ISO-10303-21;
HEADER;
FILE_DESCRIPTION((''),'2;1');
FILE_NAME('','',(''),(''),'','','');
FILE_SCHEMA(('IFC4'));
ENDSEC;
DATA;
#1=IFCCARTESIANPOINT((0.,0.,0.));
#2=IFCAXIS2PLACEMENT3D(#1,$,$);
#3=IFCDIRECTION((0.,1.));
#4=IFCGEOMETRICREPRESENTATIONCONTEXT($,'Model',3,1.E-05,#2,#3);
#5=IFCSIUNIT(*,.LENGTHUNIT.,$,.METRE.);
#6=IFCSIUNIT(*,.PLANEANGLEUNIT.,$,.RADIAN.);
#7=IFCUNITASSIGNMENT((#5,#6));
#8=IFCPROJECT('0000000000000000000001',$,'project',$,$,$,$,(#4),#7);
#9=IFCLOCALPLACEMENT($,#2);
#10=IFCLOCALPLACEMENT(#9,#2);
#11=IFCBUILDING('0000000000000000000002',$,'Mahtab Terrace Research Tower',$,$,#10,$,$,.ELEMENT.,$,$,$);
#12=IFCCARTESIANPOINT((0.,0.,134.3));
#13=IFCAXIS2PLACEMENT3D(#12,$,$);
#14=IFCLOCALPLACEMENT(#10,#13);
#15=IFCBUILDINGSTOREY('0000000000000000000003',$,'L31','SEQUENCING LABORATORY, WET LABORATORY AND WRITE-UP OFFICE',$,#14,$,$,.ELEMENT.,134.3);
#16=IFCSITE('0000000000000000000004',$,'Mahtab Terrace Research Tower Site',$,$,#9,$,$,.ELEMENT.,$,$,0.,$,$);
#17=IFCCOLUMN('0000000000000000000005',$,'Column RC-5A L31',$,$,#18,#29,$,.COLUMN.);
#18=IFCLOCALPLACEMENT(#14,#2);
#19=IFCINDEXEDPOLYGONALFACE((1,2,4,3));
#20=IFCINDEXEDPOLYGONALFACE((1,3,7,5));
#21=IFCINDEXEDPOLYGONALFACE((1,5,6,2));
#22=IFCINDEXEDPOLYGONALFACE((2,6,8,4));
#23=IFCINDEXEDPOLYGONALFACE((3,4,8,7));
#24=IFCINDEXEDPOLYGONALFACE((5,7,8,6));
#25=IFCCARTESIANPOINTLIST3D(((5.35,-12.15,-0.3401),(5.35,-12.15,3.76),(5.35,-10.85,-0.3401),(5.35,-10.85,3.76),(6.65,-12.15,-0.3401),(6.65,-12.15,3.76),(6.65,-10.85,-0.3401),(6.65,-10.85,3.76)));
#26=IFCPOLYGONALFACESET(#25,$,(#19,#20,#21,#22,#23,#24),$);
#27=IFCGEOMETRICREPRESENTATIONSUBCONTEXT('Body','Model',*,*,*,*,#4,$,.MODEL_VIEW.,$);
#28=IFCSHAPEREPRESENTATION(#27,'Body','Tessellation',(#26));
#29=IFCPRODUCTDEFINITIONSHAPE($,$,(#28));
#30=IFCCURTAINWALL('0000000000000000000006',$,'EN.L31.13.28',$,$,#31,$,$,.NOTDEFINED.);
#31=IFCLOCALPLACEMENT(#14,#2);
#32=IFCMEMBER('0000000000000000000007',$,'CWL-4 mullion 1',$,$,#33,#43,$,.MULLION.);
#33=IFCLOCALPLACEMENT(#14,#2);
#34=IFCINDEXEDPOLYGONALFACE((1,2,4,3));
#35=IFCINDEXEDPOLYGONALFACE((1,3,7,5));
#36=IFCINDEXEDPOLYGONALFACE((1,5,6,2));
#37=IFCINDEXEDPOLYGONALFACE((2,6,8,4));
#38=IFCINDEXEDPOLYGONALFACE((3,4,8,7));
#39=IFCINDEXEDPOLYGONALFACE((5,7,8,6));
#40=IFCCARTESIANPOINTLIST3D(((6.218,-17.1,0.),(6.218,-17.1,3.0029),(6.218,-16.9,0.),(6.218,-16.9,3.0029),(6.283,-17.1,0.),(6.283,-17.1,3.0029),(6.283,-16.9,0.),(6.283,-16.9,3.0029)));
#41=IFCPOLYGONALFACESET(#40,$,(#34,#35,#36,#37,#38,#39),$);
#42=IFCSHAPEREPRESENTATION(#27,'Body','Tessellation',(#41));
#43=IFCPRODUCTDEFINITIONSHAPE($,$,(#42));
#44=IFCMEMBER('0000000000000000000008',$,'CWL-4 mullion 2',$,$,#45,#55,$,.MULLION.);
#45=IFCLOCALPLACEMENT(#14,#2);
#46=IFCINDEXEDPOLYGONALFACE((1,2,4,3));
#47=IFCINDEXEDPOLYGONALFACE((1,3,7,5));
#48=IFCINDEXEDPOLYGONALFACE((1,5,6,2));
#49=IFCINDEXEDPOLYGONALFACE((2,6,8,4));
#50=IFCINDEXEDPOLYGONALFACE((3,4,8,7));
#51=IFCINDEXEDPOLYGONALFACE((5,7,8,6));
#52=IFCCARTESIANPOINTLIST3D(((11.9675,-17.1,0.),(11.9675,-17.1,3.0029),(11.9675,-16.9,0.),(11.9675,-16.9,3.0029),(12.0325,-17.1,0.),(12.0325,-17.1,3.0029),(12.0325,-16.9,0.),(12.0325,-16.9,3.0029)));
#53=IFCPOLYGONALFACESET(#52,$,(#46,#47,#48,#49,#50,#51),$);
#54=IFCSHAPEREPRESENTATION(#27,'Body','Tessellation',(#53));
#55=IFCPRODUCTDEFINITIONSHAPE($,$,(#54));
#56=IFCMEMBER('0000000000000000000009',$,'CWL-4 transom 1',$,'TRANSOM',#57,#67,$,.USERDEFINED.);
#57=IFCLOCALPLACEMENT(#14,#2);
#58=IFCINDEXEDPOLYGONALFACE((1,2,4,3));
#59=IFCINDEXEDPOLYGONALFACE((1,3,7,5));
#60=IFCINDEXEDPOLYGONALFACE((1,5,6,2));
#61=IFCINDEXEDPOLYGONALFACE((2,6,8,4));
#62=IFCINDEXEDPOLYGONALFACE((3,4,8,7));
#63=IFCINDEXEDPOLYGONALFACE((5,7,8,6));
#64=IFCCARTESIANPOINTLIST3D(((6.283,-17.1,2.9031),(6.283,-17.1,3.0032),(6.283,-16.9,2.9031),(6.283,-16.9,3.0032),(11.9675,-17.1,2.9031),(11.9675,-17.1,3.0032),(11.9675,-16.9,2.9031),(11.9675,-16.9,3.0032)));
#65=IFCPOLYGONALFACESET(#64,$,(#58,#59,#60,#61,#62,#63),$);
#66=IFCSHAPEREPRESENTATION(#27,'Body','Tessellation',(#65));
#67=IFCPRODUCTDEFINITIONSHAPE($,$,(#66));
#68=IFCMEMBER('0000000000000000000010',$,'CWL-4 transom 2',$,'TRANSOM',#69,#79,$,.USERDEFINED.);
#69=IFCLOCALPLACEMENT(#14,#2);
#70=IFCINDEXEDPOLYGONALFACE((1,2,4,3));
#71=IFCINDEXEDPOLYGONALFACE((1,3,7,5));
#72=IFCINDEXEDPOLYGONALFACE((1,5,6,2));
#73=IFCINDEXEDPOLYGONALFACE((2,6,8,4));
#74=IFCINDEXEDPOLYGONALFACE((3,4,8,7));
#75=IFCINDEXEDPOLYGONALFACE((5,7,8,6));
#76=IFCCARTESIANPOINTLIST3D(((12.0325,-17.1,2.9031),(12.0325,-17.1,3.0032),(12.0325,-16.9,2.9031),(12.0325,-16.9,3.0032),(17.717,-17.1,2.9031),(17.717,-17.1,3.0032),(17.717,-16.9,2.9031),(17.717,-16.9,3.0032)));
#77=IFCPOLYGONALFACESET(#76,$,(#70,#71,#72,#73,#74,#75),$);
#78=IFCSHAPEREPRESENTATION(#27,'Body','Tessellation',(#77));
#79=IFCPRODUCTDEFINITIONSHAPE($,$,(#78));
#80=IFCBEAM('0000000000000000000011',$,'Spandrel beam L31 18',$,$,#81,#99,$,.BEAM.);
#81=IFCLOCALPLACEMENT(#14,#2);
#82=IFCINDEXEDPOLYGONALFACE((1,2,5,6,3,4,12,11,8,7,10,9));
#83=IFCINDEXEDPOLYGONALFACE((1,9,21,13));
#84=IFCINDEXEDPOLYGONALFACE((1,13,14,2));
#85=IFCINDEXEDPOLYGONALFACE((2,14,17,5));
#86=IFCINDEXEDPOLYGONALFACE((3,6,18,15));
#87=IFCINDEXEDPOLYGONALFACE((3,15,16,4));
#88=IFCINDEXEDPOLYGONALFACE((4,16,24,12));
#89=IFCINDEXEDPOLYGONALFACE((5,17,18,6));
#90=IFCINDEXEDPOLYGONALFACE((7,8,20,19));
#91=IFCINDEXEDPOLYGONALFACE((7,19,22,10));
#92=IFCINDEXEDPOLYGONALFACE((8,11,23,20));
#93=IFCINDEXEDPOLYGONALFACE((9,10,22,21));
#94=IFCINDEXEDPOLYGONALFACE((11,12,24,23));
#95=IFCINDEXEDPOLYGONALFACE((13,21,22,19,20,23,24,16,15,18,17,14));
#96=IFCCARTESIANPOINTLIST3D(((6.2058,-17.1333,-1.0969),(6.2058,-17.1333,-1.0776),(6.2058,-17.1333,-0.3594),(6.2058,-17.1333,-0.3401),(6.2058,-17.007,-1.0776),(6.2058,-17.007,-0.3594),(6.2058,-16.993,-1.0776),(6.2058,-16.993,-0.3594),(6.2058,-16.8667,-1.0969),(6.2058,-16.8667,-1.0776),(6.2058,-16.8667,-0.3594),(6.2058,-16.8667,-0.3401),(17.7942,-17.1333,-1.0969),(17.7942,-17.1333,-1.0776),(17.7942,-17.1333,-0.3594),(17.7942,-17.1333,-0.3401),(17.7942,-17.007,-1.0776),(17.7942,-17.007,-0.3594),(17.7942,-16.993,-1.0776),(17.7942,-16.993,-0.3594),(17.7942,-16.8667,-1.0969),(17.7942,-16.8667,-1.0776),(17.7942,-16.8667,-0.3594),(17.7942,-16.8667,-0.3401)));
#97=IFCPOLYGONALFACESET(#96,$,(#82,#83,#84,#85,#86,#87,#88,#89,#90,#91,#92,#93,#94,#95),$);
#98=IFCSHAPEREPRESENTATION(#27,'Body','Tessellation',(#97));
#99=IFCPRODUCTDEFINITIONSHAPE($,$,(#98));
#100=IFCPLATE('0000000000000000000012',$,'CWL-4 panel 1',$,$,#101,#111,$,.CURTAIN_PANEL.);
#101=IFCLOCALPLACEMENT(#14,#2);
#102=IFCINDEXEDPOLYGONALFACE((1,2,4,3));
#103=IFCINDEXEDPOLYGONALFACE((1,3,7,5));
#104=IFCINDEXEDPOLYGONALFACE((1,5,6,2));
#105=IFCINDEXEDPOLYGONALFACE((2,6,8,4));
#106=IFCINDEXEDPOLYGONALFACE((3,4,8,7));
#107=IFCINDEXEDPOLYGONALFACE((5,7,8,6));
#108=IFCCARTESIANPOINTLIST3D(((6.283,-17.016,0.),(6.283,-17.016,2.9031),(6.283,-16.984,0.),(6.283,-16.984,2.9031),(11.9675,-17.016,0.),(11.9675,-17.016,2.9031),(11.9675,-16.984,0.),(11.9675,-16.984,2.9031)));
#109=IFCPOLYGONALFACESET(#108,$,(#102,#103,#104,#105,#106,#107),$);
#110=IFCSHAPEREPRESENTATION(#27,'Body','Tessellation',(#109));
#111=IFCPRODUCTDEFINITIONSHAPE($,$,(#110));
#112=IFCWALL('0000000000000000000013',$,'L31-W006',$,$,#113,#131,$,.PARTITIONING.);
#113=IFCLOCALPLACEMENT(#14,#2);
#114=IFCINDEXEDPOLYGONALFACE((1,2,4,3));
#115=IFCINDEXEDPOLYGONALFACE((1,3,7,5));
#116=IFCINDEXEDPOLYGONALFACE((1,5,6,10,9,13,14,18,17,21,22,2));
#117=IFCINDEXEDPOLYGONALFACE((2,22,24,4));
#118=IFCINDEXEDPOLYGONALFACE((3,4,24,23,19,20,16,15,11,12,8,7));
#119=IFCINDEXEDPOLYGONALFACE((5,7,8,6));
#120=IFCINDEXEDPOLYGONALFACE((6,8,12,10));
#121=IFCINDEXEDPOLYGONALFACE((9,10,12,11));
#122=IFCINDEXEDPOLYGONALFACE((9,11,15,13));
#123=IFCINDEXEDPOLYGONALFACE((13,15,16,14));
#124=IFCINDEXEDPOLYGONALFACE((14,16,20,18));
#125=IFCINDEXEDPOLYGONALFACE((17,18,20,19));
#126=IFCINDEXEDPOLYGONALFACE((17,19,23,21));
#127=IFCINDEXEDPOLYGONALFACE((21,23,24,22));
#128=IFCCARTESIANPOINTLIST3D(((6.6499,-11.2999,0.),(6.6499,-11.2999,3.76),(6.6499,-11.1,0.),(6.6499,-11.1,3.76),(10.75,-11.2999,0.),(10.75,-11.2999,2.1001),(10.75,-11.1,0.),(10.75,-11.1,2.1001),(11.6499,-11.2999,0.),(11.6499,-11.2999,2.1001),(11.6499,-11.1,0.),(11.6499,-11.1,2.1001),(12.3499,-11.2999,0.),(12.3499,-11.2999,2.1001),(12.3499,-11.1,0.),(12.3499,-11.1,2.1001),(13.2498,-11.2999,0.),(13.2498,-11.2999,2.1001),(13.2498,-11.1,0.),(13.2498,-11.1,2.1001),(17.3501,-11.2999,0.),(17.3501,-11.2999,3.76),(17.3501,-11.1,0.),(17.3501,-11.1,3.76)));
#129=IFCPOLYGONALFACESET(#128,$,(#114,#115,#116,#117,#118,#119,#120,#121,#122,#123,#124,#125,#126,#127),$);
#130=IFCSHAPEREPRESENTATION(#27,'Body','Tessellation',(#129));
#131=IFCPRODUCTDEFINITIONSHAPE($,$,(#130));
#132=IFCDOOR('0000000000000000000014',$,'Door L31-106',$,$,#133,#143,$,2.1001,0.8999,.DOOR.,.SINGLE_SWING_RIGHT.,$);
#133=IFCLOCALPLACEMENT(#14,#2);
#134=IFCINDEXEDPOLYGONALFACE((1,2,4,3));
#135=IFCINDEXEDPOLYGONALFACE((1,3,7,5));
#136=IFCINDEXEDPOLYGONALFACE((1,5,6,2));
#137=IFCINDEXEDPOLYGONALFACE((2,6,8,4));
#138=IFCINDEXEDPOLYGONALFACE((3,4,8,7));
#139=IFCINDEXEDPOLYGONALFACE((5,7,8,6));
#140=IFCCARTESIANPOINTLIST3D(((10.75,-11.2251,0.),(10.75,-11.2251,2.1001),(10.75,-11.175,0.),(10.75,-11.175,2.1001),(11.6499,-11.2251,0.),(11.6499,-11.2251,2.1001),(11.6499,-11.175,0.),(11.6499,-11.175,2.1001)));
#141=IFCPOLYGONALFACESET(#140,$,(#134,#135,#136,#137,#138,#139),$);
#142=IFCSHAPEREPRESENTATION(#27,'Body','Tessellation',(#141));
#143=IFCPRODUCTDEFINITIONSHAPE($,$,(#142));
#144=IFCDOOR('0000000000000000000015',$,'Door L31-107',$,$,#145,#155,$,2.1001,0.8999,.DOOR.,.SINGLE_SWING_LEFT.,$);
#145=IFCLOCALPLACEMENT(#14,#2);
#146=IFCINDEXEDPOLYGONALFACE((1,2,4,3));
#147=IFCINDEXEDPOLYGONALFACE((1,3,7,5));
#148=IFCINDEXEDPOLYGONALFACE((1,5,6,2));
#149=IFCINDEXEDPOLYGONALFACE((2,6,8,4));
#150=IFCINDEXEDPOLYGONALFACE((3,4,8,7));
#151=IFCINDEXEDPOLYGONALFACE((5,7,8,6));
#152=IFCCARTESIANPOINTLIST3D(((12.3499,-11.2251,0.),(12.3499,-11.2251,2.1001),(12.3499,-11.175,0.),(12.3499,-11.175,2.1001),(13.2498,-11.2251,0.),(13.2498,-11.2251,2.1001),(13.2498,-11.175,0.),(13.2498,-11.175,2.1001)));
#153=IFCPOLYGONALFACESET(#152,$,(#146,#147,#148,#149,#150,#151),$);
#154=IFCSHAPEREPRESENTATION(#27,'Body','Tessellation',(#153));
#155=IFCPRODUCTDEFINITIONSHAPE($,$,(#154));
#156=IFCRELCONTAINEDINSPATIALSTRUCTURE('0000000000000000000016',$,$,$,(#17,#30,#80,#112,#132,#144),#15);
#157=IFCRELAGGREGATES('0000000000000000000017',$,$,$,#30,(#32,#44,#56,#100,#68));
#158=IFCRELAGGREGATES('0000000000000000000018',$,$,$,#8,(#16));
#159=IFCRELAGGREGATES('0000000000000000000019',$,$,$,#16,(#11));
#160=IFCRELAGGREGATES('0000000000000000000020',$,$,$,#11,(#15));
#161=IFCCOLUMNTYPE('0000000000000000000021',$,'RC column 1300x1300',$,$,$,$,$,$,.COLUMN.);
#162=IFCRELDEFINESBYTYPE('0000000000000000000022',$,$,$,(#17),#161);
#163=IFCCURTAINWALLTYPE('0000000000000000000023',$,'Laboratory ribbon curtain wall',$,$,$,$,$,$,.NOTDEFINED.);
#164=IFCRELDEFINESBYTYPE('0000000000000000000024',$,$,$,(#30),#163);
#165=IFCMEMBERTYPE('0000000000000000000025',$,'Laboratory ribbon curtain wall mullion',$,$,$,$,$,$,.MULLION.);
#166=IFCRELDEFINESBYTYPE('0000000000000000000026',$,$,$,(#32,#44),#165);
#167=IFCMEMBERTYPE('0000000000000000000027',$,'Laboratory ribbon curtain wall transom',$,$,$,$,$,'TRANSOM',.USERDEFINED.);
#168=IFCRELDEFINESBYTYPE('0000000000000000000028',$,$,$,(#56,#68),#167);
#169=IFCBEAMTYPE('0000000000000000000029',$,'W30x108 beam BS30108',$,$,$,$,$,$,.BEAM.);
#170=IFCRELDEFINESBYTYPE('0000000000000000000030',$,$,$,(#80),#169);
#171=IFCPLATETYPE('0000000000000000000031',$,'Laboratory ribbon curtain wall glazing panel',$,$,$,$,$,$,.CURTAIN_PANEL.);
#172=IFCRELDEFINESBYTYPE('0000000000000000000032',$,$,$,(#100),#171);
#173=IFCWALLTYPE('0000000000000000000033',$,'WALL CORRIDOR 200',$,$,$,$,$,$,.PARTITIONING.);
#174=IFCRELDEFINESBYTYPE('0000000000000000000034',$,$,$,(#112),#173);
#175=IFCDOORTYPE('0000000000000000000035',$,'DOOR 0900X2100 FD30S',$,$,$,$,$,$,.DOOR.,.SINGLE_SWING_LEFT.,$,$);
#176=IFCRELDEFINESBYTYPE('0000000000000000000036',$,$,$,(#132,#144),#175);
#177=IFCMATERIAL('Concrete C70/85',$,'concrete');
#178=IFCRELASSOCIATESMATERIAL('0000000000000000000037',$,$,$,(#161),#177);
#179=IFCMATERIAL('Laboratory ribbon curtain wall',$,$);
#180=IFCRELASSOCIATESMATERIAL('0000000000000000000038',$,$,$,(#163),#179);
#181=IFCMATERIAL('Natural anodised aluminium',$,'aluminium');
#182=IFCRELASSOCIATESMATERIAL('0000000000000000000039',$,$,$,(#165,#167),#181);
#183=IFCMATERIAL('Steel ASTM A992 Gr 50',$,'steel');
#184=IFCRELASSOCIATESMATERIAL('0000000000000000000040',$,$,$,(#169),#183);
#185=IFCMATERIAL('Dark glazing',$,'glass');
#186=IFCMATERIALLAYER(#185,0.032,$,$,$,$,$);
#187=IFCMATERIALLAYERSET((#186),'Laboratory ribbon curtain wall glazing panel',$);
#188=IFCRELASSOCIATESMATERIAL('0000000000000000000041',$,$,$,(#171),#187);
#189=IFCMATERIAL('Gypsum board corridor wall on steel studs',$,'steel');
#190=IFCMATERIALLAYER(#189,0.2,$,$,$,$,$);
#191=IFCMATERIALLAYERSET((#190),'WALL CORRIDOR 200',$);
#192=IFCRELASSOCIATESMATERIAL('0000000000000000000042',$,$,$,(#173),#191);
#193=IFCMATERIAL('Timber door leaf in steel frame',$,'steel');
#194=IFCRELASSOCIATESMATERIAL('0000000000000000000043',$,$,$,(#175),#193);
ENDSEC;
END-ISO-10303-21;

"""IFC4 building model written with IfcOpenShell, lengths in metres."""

from ifc_helpers import new_model, si_unit, direction, frame, frame_2d, origin, origin_2d, place, context, subcontext, project, spatial, rectangle, i_section, extrude, material, layer, layer_set, material_profile, profile_set, type_object, element, fill, aggregate, save


model = new_model("IFC4")

# Units and contexts
model_context = context("Model", 3, precision=1e-05, world=origin(), true_north=direction((0.0, 1.0)))
body_context = subcontext(model_context, "Body", "Model", "MODEL_VIEW")
ifc_project = project(units=[si_unit("LENGTHUNIT", "METRE"), si_unit("PLANEANGLEUNIT", "RADIAN")], contexts=[model_context])

# Site, building, storey
site_placement = place(None, origin())
site = spatial("IfcSite", under=ifc_project, at=site_placement, Name="Mahtab Terrace Research Tower Site", CompositionType="ELEMENT", RefElevation=0.0)
building_placement = place(site_placement, origin())
building = spatial("IfcBuilding", under=site, at=building_placement, Name="Mahtab Terrace Research Tower", CompositionType="ELEMENT")
storey_placement = place(building_placement, frame((0.0, 0.0, 134.3)))
storey = spatial("IfcBuildingStorey", under=building, at=storey_placement, Name="L31", Description="SEQUENCING LABORATORY, WET LABORATORY AND WRITE-UP OFFICE", CompositionType="ELEMENT", Elevation=134.3)

# Column
ifc_material_1 = material(Name="Concrete C70/85", Category="concrete")
ifc_material_profile_1 = material_profile(ifc_material_1, rectangle(XDim=1.3, YDim=1.3, at=origin_2d()), Name="RC column 1300x1300")
ifc_profile_set_1 = profile_set([ifc_material_profile_1], Name="Concrete C70/85")
column_type = type_object("IfcColumnType", Name="RC column 1300x1300", PredefinedType="COLUMN", material=ifc_profile_set_1)
column_placement = place(storey_placement, frame((6.0, -11.5, -0.3401), z_axis=(0.0, 0.0, 1.0), x_axis=(1.0, 0.0, 0.0)))
element("IfcColumn", 1, at=column_placement, inside=storey, type_object=column_type, Name="Column RC-5A L31", PredefinedType="COLUMN", context=body_context, shape_type="SweptSolid", body=[
    extrude(rectangle(XDim=1.3, YDim=1.3, at=origin_2d()), origin(), (0.0, 0.0, 1.0), 4.1001),
])

# Curtain wall, members
ifc_material_2 = material(Name="Laboratory ribbon curtain wall")
curtain_wall_type = type_object("IfcCurtainWallType", Name="Laboratory ribbon curtain wall", PredefinedType="NOTDEFINED", material=ifc_material_2)
curtain_wall_placement = place(storey_placement, origin())
curtain_wall = element("IfcCurtainWall", 2, at=curtain_wall_placement, inside=storey, type_object=curtain_wall_type, Name="EN.L31.13.28", PredefinedType="NOTDEFINED")
ifc_material_3 = material(Name="Natural anodised aluminium", Category="aluminium")
ifc_material_profile_2 = material_profile(ifc_material_3, rectangle(XDim=0.2, YDim=0.0649, at=origin_2d()), Name="MULLION 65x200")
ifc_profile_set_2 = profile_set([ifc_material_profile_2], Name="Natural anodised aluminium")
member_type_1 = type_object("IfcMemberType", Name="Laboratory ribbon curtain wall mullion", PredefinedType="MULLION", material=ifc_profile_set_2)
member_1_placement = place(storey_placement, frame((6.2505, -17.0, 0.0), z_axis=(0.0, 0.0, 1.0), x_axis=(0.0, 1.0, 0.0)))
member_1 = element("IfcMember", 3, at=member_1_placement, type_object=member_type_1, Name="CWL-4 mullion 1", PredefinedType="MULLION", context=body_context, shape_type="SweptSolid", body=[
    extrude(rectangle(XDim=0.2, YDim=0.0649, at=origin_2d()), origin(), (0.0, 0.0, 1.0), 3.0029),
])
member_2_placement = place(storey_placement, frame((12.0, -17.0, 0.0), z_axis=(0.0, 0.0, 1.0), x_axis=(0.0, 1.0, 0.0)))
member_2 = element("IfcMember", 4, at=member_2_placement, type_object=member_type_1, Name="CWL-4 mullion 2", PredefinedType="MULLION", context=body_context, shape_type="SweptSolid", body=[
    extrude(rectangle(XDim=0.2, YDim=0.0649, at=origin_2d()), origin(), (0.0, 0.0, 1.0), 3.0029),
])
ifc_material_profile_3 = material_profile(ifc_material_3, rectangle(XDim=0.2, YDim=0.1001, at=origin_2d()), Name="TRANSOM 100x200")
ifc_profile_set_3 = profile_set([ifc_material_profile_3], Name="Natural anodised aluminium")
member_type_2 = type_object("IfcMemberType", Name="Laboratory ribbon curtain wall transom", ElementType="TRANSOM", PredefinedType="USERDEFINED", material=ifc_profile_set_3)
member_3_placement = place(storey_placement, frame((6.283, -17.0, 2.9531), z_axis=(1.0, 0.0, 0.0), x_axis=(0.0, 1.0, 0.0)))
member_3 = element("IfcMember", 5, at=member_3_placement, type_object=member_type_2, Name="CWL-4 transom 1", ObjectType="TRANSOM", PredefinedType="USERDEFINED", context=body_context, shape_type="SweptSolid", body=[
    extrude(rectangle(XDim=0.2, YDim=0.1001, at=origin_2d()), origin(), (0.0, 0.0, 1.0), 5.6846),
])
member_4_placement = place(storey_placement, frame((12.0325, -17.0, 2.9531), z_axis=(1.0, 0.0, 0.0), x_axis=(0.0, 1.0, 0.0)))
member_4 = element("IfcMember", 6, at=member_4_placement, type_object=member_type_2, Name="CWL-4 transom 2", ObjectType="TRANSOM", PredefinedType="USERDEFINED", context=body_context, shape_type="SweptSolid", body=[
    extrude(rectangle(XDim=0.2, YDim=0.1001, at=origin_2d()), origin(), (0.0, 0.0, 1.0), 5.6846),
])

# Beam
ifc_material_4 = material(Name="Steel ASTM A992 Gr 50", Category="steel")
ifc_material_profile_4 = material_profile(ifc_material_4, i_section(OverallWidth=0.2666, OverallDepth=0.7568, WebThickness=0.0139, FlangeThickness=0.0193, at=origin_2d()), Name="W30X108")
ifc_profile_set_4 = profile_set([ifc_material_profile_4], Name="Steel ASTM A992 Gr 50")
beam_type = type_object("IfcBeamType", Name="W30x108 beam BS30108", PredefinedType="BEAM", material=ifc_profile_set_4)
beam_placement = place(storey_placement, frame((6.2058, -17.0, -0.7185), z_axis=(1.0, 0.0, 0.0), x_axis=(0.0, 1.0, 0.0)))
element("IfcBeam", 7, at=beam_placement, inside=storey, type_object=beam_type, Name="Spandrel beam L31 18", PredefinedType="BEAM", context=body_context, shape_type="SweptSolid", body=[
    extrude(i_section(OverallWidth=0.2666, OverallDepth=0.7568, WebThickness=0.0139, FlangeThickness=0.0193, at=origin_2d()), origin(), (0.0, 0.0, 1.0), 11.5884),
])

# Plate
ifc_material_5 = material(Name="Dark glazing", Category="glass")
ifc_layer_1 = layer(ifc_material_5, 0.032)
ifc_layer_set_1 = layer_set([ifc_layer_1], Name="Laboratory ribbon curtain wall glazing panel")
plate_type = type_object("IfcPlateType", Name="Laboratory ribbon curtain wall glazing panel", PredefinedType="CURTAIN_PANEL", material=ifc_layer_set_1)
plate_placement = place(storey_placement, frame((9.1252, -17.0, 0.0), z_axis=(0.0, 0.0, 1.0), x_axis=(1.0, 0.0, 0.0)))
plate = element("IfcPlate", 8, at=plate_placement, type_object=plate_type, Name="CWL-4 panel 1", PredefinedType="CURTAIN_PANEL", context=body_context, shape_type="SweptSolid", body=[
    extrude(rectangle(XDim=5.6846, YDim=0.032, at=origin_2d()), origin(), (0.0, 0.0, 1.0), 2.9031),
])
aggregate(curtain_wall, [member_1, member_2, member_3, plate, member_4])

# Wall, openings, doors
ifc_material_6 = material(Name="Gypsum board corridor wall on steel studs", Category="steel")
ifc_layer_2 = layer(ifc_material_6, 0.2)
ifc_layer_set_2 = layer_set([ifc_layer_2], Name="WALL CORRIDOR 200")
wall_type_1 = type_object("IfcWallType", Name="WALL CORRIDOR 200", PredefinedType="PARTITIONING", material=ifc_layer_set_2)
wall_1_placement = place(storey_placement, frame((6.6499, -11.2, 0.0), z_axis=(0.0, 0.0, 1.0), x_axis=(1.0, 0.0, 0.0)))
wall_1 = element("IfcWall", 9, at=wall_1_placement, inside=storey, type_object=wall_type_1, Name="L31-W006", PredefinedType="PARTITIONING", context=body_context, shape_type="SweptSolid", body=[
    extrude(rectangle(XDim=10.7002, YDim=0.2, at=frame_2d((5.3501, 0.0))), origin(), (0.0, 0.0, 1.0), 3.76),
])
opening_1_placement = place(wall_1_placement, frame((4.1001, 0.0, 0.0)))
opening_1 = element("IfcOpeningElement", 10, at=opening_1_placement, cuts=wall_1, PredefinedType="OPENING", context=body_context, shape_type="SweptSolid", body=[
    extrude(rectangle(XDim=0.8999, YDim=2.1001, at=frame_2d((0.45, 1.05))), frame((0.0, 0.1099, 0.0), z_axis=(0.0, -1.0, 0.0), x_axis=(1.0, 0.0, 0.0)), (0.0, 0.0, 1.0), 0.22),
])
opening_2_placement = place(wall_1_placement, frame((5.7, 0.0, 0.0)))
opening_2 = element("IfcOpeningElement", 11, at=opening_2_placement, cuts=wall_1, PredefinedType="OPENING", context=body_context, shape_type="SweptSolid", body=[
    extrude(rectangle(XDim=0.8999, YDim=2.1001, at=frame_2d((0.45, 1.05))), frame((0.0, 0.1099, 0.0), z_axis=(0.0, -1.0, 0.0), x_axis=(1.0, 0.0, 0.0)), (0.0, 0.0, 1.0), 0.22),
])
ifc_material_7 = material(Name="Timber door leaf in steel frame", Category="steel")
door_type_1 = type_object("IfcDoorType", Name="DOOR 0900X2100 FD30S", OperationType="SINGLE_SWING_LEFT", PredefinedType="DOOR", material=ifc_material_7)
door_1_placement = place(opening_1_placement, origin())
door_1 = element("IfcDoor", 12, at=door_1_placement, inside=storey, type_object=door_type_1, Name="Door L31-106", OperationType="SINGLE_SWING_RIGHT", OverallHeight=2.1001, OverallWidth=0.8999, PredefinedType="DOOR", context=body_context, shape_type="SweptSolid", body=[
    extrude(rectangle(XDim=0.8999, YDim=2.1001, at=frame_2d((0.45, 1.05))), frame((0.0, 0.0249, 0.0), z_axis=(0.0, -1.0, 0.0), x_axis=(1.0, 0.0, 0.0)), (0.0, 0.0, 1.0), 0.05),
])
fill(opening_1, door_1)
door_2_placement = place(opening_2_placement, origin())
door_2 = element("IfcDoor", 13, at=door_2_placement, inside=storey, type_object=door_type_1, Name="Door L31-107", OperationType="SINGLE_SWING_LEFT", OverallHeight=2.1001, OverallWidth=0.8999, PredefinedType="DOOR", context=body_context, shape_type="SweptSolid", body=[
    extrude(rectangle(XDim=0.8999, YDim=2.1001, at=frame_2d((0.45, 1.05))), frame((0.0, 0.0249, 0.0), z_axis=(0.0, -1.0, 0.0), x_axis=(1.0, 0.0, 0.0)), (0.0, 0.0, 1.0), 0.05),
])
fill(opening_2, door_2)

save(model, "model.ifc")
